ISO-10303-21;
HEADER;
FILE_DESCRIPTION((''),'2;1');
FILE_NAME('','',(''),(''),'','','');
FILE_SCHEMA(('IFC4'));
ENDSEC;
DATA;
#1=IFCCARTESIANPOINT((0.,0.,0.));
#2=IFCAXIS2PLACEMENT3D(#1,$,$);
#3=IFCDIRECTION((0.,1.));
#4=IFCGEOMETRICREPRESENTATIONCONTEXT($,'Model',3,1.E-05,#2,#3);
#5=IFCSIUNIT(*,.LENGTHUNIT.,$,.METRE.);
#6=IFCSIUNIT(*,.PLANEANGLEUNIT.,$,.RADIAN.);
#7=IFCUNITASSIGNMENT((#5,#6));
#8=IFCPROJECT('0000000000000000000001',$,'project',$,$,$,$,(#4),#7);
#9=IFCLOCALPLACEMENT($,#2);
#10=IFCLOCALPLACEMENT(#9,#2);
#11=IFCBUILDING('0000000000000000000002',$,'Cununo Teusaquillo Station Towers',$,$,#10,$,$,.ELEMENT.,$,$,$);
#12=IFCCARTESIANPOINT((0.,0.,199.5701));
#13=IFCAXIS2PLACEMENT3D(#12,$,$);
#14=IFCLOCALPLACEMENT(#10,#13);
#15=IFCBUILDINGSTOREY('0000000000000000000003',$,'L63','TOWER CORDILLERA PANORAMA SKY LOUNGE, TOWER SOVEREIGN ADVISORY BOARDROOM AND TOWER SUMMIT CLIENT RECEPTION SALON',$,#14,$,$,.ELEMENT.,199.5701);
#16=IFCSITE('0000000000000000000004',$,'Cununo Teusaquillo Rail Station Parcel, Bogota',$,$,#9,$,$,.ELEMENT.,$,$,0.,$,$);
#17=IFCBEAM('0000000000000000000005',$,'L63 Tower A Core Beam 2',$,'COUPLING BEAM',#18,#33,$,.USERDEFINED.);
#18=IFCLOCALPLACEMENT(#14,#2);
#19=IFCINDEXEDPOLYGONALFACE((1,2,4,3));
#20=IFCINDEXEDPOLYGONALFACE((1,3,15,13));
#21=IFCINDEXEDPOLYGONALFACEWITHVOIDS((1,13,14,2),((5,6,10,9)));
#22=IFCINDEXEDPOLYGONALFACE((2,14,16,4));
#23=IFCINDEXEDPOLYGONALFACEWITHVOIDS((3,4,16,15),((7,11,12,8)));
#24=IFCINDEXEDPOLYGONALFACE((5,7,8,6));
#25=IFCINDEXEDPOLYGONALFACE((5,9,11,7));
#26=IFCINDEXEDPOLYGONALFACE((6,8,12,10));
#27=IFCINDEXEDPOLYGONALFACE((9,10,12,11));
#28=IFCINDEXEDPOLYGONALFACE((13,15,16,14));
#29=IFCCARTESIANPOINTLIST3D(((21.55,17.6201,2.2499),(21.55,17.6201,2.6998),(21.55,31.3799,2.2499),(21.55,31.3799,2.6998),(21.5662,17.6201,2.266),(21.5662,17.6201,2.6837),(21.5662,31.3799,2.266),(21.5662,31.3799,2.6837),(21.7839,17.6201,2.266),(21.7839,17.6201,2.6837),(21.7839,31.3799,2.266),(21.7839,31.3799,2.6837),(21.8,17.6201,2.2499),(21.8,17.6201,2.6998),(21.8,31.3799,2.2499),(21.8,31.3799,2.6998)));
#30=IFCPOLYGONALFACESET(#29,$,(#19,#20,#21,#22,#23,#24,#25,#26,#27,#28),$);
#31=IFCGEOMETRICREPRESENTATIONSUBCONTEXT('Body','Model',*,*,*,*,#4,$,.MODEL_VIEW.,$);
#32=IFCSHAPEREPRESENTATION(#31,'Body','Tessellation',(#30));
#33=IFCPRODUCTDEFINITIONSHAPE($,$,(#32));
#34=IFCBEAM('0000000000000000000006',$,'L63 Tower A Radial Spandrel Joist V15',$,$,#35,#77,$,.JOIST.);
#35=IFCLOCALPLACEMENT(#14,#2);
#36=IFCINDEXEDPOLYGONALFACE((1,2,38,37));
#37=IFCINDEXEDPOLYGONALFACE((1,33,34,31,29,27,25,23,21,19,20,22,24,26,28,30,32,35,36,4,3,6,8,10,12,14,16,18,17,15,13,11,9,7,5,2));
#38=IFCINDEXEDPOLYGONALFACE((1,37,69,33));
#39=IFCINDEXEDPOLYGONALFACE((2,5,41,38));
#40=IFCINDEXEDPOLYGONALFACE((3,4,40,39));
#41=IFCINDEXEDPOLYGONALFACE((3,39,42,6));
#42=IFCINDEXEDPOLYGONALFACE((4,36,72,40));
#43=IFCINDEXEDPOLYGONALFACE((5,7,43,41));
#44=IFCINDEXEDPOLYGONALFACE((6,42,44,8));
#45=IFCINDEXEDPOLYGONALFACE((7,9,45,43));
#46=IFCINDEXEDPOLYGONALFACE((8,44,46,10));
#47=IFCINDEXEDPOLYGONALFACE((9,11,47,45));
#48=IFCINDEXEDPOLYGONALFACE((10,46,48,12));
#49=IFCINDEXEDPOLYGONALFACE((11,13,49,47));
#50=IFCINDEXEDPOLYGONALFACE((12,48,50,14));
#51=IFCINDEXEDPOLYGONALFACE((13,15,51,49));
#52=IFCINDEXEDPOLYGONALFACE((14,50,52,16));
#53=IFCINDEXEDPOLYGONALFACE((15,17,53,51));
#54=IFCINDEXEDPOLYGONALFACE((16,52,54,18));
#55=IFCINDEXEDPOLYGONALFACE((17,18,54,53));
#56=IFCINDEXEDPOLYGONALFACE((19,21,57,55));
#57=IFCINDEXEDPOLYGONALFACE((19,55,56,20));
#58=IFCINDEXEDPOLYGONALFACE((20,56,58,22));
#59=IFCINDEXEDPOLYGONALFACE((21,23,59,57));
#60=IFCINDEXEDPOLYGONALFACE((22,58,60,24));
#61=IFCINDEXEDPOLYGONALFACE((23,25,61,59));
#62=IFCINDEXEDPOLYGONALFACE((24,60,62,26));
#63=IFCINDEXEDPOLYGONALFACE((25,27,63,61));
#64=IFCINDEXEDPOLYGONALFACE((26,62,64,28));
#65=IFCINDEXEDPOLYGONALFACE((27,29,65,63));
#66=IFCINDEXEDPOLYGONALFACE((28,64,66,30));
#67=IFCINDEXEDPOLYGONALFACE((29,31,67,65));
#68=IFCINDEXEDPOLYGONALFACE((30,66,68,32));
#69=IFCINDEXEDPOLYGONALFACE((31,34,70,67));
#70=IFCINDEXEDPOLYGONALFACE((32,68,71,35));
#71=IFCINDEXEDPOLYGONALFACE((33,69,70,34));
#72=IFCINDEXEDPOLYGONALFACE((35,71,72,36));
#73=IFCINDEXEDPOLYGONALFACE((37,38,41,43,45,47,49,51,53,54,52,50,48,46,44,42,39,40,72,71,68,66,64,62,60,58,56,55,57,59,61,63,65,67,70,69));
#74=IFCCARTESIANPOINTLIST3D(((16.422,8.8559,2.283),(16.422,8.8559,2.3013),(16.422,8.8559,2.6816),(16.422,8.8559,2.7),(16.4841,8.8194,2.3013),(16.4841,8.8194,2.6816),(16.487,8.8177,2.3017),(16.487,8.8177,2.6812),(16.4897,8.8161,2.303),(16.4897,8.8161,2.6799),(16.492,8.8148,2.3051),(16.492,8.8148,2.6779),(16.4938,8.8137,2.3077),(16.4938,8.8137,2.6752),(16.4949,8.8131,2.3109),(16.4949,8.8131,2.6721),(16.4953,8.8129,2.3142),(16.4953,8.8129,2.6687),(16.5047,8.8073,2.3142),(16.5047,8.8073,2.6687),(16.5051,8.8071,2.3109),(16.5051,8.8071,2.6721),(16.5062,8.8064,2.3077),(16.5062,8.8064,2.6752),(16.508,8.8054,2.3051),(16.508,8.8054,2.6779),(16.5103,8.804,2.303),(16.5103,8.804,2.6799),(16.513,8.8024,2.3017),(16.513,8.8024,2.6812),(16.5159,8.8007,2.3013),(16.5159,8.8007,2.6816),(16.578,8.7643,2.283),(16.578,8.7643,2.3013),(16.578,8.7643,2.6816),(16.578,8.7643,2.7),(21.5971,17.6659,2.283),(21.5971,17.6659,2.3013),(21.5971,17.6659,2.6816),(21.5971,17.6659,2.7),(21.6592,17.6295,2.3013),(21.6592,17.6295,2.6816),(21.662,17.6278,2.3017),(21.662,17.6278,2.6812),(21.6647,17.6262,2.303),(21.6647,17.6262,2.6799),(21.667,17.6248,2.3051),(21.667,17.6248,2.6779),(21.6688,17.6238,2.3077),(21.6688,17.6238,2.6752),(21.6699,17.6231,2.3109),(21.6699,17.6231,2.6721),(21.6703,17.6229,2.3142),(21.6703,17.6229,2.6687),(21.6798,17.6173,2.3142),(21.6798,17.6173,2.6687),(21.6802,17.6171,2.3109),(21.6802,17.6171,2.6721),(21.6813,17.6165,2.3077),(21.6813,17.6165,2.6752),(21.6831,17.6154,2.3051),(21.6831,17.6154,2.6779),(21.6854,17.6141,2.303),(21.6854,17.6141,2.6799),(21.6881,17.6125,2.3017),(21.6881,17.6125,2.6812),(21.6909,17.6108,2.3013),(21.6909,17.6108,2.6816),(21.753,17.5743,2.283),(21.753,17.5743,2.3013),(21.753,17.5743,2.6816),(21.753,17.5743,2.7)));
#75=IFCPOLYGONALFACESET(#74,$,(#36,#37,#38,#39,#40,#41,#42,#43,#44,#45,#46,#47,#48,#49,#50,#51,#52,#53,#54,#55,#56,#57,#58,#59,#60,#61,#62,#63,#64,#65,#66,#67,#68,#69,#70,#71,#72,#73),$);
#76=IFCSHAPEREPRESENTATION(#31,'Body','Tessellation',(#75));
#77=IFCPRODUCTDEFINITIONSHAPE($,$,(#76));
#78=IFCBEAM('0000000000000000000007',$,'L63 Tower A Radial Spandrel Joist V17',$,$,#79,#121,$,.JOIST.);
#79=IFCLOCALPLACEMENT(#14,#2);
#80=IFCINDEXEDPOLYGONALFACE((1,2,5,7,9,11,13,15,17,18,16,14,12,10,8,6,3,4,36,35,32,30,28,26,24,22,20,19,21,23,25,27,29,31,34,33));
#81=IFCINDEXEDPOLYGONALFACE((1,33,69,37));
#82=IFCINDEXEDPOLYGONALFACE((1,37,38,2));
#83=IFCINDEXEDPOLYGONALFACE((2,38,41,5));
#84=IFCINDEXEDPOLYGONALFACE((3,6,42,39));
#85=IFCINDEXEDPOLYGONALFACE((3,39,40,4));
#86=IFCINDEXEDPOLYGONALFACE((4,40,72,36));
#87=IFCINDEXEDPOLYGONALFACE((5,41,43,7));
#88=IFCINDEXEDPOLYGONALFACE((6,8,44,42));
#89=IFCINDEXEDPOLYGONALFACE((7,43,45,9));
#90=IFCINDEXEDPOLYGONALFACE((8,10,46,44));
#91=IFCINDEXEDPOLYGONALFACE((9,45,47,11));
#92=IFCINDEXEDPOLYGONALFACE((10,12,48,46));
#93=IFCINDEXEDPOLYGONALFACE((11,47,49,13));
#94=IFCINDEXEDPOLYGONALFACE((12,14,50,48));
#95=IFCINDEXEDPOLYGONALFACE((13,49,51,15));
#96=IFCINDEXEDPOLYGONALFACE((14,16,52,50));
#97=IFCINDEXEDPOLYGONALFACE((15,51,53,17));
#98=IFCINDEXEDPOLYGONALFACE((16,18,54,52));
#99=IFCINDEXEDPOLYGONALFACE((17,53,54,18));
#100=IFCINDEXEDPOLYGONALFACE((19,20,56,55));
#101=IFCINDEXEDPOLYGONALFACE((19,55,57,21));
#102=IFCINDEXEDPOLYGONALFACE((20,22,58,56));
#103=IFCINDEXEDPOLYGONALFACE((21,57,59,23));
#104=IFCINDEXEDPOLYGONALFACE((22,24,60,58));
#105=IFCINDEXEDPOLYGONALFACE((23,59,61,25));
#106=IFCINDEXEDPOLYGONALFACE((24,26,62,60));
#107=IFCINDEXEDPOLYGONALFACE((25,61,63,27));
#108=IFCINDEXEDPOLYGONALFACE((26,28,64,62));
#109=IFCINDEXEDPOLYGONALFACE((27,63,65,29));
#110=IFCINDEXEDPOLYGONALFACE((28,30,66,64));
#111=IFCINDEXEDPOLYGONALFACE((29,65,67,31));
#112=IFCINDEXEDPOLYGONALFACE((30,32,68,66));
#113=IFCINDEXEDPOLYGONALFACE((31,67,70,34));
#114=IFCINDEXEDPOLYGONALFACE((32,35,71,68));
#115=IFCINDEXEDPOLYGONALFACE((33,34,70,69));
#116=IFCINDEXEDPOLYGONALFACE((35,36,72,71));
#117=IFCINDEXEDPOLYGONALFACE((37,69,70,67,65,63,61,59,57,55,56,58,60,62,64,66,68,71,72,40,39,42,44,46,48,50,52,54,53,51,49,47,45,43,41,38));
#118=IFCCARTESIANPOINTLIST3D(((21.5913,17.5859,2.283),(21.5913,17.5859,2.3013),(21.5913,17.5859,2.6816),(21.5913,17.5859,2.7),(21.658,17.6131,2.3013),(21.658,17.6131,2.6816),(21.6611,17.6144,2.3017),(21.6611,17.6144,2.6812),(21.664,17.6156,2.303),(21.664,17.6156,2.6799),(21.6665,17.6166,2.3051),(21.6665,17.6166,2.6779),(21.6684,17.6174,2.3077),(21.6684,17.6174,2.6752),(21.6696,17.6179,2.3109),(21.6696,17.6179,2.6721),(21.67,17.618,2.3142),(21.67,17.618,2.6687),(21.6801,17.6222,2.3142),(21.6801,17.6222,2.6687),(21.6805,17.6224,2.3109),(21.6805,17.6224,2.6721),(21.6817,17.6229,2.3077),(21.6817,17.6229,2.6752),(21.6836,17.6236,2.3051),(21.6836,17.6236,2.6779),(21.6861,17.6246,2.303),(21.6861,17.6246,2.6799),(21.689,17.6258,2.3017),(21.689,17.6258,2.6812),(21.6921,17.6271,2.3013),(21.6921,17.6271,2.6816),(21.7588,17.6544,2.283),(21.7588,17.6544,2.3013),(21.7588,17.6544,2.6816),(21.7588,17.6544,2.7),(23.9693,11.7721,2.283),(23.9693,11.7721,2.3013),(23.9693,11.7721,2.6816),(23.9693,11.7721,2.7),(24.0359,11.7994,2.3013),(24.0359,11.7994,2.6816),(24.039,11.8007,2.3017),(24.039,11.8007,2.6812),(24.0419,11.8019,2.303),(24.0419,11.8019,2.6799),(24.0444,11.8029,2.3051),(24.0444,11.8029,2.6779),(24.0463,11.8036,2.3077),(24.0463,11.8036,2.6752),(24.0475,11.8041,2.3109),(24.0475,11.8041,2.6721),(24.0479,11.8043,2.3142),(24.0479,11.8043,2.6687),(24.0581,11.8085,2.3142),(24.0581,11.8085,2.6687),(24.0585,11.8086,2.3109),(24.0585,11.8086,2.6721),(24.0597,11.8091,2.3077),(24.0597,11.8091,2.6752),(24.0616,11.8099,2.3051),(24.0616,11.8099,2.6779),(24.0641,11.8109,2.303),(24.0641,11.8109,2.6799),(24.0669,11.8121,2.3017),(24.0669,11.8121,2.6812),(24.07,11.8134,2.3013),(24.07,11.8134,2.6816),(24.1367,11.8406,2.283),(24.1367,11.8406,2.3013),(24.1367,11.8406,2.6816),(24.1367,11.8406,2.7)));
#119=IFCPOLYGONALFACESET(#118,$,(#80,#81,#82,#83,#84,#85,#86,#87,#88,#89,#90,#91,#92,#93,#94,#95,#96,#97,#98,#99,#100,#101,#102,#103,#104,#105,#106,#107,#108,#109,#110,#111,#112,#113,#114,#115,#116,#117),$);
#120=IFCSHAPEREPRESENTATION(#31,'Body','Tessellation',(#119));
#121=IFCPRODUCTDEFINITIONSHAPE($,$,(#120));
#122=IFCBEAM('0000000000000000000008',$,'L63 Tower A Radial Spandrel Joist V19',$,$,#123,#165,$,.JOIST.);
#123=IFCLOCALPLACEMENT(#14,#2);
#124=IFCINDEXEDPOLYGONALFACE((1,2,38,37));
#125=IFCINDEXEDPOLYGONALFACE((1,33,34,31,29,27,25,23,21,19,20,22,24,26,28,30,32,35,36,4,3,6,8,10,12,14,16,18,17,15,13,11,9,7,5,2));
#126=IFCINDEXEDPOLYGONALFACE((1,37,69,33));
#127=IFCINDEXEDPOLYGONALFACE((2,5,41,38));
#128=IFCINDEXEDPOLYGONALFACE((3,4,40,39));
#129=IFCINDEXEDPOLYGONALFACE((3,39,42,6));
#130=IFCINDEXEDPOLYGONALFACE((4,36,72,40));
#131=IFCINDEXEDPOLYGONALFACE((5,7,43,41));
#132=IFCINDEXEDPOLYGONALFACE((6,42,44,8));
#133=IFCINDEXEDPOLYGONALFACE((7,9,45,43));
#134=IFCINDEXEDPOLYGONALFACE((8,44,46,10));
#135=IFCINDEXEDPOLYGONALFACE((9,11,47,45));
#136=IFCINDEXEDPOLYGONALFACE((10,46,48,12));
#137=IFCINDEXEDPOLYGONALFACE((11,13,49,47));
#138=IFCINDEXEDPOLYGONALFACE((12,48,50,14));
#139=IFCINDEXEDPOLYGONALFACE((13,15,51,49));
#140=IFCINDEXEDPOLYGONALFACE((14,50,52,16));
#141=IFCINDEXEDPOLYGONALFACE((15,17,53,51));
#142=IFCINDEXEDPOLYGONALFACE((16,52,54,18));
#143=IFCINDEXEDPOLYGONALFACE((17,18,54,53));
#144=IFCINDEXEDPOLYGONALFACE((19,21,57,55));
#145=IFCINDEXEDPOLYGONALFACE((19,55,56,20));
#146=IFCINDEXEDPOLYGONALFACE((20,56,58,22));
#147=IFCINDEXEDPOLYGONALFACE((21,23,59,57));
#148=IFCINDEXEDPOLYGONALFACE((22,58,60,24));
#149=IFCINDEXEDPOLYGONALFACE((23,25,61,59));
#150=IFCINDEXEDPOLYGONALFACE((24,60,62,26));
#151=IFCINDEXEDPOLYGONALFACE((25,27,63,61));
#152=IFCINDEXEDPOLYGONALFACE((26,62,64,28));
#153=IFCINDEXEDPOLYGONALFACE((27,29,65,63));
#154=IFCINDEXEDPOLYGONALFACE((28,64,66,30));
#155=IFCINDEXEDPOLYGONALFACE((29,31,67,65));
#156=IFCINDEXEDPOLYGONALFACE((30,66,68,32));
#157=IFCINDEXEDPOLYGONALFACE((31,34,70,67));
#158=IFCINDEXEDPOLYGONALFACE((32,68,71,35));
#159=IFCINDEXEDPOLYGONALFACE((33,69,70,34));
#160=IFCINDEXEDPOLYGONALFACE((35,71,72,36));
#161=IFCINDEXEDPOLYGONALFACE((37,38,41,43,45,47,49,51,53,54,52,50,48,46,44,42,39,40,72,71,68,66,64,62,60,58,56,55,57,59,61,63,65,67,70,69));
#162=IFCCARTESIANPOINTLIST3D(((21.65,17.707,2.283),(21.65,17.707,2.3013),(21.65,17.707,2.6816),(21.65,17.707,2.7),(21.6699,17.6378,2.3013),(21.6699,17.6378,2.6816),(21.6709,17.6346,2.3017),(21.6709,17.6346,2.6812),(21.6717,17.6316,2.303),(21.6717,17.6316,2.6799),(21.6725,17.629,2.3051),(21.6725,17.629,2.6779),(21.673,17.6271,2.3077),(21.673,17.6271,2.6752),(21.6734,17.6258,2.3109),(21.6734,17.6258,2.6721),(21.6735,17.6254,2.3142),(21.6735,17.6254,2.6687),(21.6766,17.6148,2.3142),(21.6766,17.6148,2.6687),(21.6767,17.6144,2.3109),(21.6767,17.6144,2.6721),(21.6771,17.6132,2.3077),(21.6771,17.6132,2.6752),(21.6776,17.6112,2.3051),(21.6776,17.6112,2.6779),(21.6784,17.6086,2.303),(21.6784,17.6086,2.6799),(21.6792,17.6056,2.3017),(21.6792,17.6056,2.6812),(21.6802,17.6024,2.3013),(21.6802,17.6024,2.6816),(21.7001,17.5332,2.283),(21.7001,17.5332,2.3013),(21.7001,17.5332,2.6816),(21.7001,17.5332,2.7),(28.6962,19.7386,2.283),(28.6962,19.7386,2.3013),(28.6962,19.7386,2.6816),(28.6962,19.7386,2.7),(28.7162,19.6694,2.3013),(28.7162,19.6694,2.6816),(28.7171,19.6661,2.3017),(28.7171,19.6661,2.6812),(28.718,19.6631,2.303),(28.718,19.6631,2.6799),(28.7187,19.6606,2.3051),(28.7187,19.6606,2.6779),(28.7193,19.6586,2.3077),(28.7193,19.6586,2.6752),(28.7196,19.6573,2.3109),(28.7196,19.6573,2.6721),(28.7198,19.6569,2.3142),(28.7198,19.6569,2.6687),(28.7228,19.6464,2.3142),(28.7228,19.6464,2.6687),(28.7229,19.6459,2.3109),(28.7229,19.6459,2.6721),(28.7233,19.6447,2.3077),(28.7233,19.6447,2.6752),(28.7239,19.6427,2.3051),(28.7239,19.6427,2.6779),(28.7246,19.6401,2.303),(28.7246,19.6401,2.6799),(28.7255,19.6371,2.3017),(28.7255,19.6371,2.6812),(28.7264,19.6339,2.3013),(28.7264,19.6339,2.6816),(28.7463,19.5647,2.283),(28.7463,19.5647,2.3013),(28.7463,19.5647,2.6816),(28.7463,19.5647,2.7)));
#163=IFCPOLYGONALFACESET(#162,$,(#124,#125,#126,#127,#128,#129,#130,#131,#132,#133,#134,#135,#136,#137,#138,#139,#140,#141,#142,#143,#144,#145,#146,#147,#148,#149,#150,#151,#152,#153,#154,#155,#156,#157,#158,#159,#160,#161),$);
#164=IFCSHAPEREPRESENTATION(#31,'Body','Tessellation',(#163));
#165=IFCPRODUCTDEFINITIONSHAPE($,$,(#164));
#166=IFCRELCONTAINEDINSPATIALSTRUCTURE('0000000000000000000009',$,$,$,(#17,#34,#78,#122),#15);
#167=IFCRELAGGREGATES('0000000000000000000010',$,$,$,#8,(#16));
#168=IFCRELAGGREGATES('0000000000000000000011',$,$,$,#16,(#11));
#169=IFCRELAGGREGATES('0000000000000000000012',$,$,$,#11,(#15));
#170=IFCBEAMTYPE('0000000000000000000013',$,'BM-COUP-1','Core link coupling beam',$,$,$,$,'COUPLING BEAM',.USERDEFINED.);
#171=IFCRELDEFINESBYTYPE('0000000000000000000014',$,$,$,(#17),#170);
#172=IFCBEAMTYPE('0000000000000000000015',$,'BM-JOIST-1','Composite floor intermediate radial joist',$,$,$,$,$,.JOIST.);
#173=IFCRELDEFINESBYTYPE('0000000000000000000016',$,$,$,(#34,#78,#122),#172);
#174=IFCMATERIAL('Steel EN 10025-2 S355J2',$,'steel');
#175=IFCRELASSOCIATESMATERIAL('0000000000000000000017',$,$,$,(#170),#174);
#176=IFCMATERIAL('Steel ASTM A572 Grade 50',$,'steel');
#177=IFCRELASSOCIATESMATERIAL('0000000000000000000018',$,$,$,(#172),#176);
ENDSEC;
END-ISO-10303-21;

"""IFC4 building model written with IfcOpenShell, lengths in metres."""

from ifc_helpers import new_model, si_unit, direction, frame, origin, origin_2d, place, context, subcontext, project, spatial, hollow_rectangle, i_section, extrude, material, material_profile, profile_set, type_object, element, save


model = new_model("IFC4")

# Units and contexts
model_context = context("Model", 3, precision=1e-05, world=origin(), true_north=direction((0.0, 1.0)))
body_context = subcontext(model_context, "Body", "Model", "MODEL_VIEW")
ifc_project = project(units=[si_unit("LENGTHUNIT", "METRE"), si_unit("PLANEANGLEUNIT", "RADIAN")], contexts=[model_context])

# Site, building, storey
site_placement = place(None, origin())
site = spatial("IfcSite", under=ifc_project, at=site_placement, Name="Cununo Teusaquillo Rail Station Parcel, Bogota", CompositionType="ELEMENT", RefElevation=0.0)
building_placement = place(site_placement, origin())
building = spatial("IfcBuilding", under=site, at=building_placement, Name="Cununo Teusaquillo Station Towers", CompositionType="ELEMENT")
storey_placement = place(building_placement, frame((0.0, 0.0, 199.5701)))
storey = spatial("IfcBuildingStorey", under=building, at=storey_placement, Name="L63", Description="TOWER CORDILLERA PANORAMA SKY LOUNGE, TOWER SOVEREIGN ADVISORY BOARDROOM AND TOWER SUMMIT CLIENT RECEPTION SALON", CompositionType="ELEMENT", Elevation=199.5701)

# Beams
ifc_material_1 = material(Name="Steel EN 10025-2 S355J2", Category="steel")
ifc_material_profile_1 = material_profile(ifc_material_1, hollow_rectangle(XDim=0.25, YDim=0.45, WallThickness=0.0161, at=origin_2d()), Name="RHS 450x250x16")
ifc_profile_set_1 = profile_set([ifc_material_profile_1], Name="Steel EN 10025-2 S355J2")
beam_type_1 = type_object("IfcBeamType", Name="BM-COUP-1", Description="Core link coupling beam", ElementType="COUPLING BEAM", PredefinedType="USERDEFINED", material=ifc_profile_set_1)
beam_1_placement = place(storey_placement, frame((21.675, 17.6201, 2.4749), z_axis=(0.0, 1.0, 0.0), x_axis=(-1.0, 0.0, 0.0)))
element("IfcBeam", 1, at=beam_1_placement, inside=storey, type_object=beam_type_1, Name="L63 Tower A Core Beam 2", ObjectType="COUPLING BEAM", PredefinedType="USERDEFINED", context=body_context, shape_type="SweptSolid", body=[
    extrude(hollow_rectangle(XDim=0.25, YDim=0.45, WallThickness=0.0161, at=origin_2d()), origin(), (0.0, 0.0, 1.0), 13.7598),
])
ifc_material_2 = material(Name="Steel ASTM A572 Grade 50", Category="steel")
ifc_material_profile_2 = material_profile(ifc_material_2, i_section(OverallWidth=0.1809, OverallDepth=0.417, WebThickness=0.011, FlangeThickness=0.0183, FilletRadius=0.0129, at=origin_2d()), Name="W16X57")
ifc_profile_set_2 = profile_set([ifc_material_profile_2], Name="Steel ASTM A572 Grade 50")
beam_type_2 = type_object("IfcBeamType", Name="BM-JOIST-1", Description="Composite floor intermediate radial joist", PredefinedType="JOIST", material=ifc_profile_set_2)
beam_2_placement = place(storey_placement, frame((21.675, 17.6201, 2.4915), z_axis=(-0.506486, -0.862248, 0.0), x_axis=(0.862248, -0.506486, 0.0)))
element("IfcBeam", 2, at=beam_2_placement, inside=storey, type_object=beam_type_2, Name="L63 Tower A Radial Spandrel Joist V15", PredefinedType="JOIST", context=body_context, shape_type="SweptSolid", body=[
    extrude(i_section(OverallWidth=0.1809, OverallDepth=0.417, WebThickness=0.011, FlangeThickness=0.0183, FilletRadius=0.0129, at=origin_2d()), origin(), (0.0, 0.0, 1.0), 10.2175),
])
beam_3_placement = place(storey_placement, frame((21.675, 17.6201, 2.4915), z_axis=(0.378577, -0.92557, 0.0), x_axis=(0.92557, 0.378577, 0.0)))
element("IfcBeam", 3, at=beam_3_placement, inside=storey, type_object=beam_type_2, Name="L63 Tower A Radial Spandrel Joist V17", PredefinedType="JOIST", context=body_context, shape_type="SweptSolid", body=[
    extrude(i_section(OverallWidth=0.1809, OverallDepth=0.417, WebThickness=0.011, FlangeThickness=0.0183, FilletRadius=0.0129, at=origin_2d()), origin(), (0.0, 0.0, 1.0), 6.2812),
])
beam_4_placement = place(storey_placement, frame((21.675, 17.6201, 2.4915), z_axis=(0.960862, 0.277029, 0.0), x_axis=(-0.277029, 0.960862, 0.0)))
element("IfcBeam", 4, at=beam_4_placement, inside=storey, type_object=beam_type_2, Name="L63 Tower A Radial Spandrel Joist V19", PredefinedType="JOIST", context=body_context, shape_type="SweptSolid", body=[
    extrude(i_section(OverallWidth=0.1809, OverallDepth=0.417, WebThickness=0.011, FlangeThickness=0.0183, FilletRadius=0.0129, at=origin_2d()), origin(), (0.0, 0.0, 1.0), 7.3333),
])

save(model, "model.ifc")
